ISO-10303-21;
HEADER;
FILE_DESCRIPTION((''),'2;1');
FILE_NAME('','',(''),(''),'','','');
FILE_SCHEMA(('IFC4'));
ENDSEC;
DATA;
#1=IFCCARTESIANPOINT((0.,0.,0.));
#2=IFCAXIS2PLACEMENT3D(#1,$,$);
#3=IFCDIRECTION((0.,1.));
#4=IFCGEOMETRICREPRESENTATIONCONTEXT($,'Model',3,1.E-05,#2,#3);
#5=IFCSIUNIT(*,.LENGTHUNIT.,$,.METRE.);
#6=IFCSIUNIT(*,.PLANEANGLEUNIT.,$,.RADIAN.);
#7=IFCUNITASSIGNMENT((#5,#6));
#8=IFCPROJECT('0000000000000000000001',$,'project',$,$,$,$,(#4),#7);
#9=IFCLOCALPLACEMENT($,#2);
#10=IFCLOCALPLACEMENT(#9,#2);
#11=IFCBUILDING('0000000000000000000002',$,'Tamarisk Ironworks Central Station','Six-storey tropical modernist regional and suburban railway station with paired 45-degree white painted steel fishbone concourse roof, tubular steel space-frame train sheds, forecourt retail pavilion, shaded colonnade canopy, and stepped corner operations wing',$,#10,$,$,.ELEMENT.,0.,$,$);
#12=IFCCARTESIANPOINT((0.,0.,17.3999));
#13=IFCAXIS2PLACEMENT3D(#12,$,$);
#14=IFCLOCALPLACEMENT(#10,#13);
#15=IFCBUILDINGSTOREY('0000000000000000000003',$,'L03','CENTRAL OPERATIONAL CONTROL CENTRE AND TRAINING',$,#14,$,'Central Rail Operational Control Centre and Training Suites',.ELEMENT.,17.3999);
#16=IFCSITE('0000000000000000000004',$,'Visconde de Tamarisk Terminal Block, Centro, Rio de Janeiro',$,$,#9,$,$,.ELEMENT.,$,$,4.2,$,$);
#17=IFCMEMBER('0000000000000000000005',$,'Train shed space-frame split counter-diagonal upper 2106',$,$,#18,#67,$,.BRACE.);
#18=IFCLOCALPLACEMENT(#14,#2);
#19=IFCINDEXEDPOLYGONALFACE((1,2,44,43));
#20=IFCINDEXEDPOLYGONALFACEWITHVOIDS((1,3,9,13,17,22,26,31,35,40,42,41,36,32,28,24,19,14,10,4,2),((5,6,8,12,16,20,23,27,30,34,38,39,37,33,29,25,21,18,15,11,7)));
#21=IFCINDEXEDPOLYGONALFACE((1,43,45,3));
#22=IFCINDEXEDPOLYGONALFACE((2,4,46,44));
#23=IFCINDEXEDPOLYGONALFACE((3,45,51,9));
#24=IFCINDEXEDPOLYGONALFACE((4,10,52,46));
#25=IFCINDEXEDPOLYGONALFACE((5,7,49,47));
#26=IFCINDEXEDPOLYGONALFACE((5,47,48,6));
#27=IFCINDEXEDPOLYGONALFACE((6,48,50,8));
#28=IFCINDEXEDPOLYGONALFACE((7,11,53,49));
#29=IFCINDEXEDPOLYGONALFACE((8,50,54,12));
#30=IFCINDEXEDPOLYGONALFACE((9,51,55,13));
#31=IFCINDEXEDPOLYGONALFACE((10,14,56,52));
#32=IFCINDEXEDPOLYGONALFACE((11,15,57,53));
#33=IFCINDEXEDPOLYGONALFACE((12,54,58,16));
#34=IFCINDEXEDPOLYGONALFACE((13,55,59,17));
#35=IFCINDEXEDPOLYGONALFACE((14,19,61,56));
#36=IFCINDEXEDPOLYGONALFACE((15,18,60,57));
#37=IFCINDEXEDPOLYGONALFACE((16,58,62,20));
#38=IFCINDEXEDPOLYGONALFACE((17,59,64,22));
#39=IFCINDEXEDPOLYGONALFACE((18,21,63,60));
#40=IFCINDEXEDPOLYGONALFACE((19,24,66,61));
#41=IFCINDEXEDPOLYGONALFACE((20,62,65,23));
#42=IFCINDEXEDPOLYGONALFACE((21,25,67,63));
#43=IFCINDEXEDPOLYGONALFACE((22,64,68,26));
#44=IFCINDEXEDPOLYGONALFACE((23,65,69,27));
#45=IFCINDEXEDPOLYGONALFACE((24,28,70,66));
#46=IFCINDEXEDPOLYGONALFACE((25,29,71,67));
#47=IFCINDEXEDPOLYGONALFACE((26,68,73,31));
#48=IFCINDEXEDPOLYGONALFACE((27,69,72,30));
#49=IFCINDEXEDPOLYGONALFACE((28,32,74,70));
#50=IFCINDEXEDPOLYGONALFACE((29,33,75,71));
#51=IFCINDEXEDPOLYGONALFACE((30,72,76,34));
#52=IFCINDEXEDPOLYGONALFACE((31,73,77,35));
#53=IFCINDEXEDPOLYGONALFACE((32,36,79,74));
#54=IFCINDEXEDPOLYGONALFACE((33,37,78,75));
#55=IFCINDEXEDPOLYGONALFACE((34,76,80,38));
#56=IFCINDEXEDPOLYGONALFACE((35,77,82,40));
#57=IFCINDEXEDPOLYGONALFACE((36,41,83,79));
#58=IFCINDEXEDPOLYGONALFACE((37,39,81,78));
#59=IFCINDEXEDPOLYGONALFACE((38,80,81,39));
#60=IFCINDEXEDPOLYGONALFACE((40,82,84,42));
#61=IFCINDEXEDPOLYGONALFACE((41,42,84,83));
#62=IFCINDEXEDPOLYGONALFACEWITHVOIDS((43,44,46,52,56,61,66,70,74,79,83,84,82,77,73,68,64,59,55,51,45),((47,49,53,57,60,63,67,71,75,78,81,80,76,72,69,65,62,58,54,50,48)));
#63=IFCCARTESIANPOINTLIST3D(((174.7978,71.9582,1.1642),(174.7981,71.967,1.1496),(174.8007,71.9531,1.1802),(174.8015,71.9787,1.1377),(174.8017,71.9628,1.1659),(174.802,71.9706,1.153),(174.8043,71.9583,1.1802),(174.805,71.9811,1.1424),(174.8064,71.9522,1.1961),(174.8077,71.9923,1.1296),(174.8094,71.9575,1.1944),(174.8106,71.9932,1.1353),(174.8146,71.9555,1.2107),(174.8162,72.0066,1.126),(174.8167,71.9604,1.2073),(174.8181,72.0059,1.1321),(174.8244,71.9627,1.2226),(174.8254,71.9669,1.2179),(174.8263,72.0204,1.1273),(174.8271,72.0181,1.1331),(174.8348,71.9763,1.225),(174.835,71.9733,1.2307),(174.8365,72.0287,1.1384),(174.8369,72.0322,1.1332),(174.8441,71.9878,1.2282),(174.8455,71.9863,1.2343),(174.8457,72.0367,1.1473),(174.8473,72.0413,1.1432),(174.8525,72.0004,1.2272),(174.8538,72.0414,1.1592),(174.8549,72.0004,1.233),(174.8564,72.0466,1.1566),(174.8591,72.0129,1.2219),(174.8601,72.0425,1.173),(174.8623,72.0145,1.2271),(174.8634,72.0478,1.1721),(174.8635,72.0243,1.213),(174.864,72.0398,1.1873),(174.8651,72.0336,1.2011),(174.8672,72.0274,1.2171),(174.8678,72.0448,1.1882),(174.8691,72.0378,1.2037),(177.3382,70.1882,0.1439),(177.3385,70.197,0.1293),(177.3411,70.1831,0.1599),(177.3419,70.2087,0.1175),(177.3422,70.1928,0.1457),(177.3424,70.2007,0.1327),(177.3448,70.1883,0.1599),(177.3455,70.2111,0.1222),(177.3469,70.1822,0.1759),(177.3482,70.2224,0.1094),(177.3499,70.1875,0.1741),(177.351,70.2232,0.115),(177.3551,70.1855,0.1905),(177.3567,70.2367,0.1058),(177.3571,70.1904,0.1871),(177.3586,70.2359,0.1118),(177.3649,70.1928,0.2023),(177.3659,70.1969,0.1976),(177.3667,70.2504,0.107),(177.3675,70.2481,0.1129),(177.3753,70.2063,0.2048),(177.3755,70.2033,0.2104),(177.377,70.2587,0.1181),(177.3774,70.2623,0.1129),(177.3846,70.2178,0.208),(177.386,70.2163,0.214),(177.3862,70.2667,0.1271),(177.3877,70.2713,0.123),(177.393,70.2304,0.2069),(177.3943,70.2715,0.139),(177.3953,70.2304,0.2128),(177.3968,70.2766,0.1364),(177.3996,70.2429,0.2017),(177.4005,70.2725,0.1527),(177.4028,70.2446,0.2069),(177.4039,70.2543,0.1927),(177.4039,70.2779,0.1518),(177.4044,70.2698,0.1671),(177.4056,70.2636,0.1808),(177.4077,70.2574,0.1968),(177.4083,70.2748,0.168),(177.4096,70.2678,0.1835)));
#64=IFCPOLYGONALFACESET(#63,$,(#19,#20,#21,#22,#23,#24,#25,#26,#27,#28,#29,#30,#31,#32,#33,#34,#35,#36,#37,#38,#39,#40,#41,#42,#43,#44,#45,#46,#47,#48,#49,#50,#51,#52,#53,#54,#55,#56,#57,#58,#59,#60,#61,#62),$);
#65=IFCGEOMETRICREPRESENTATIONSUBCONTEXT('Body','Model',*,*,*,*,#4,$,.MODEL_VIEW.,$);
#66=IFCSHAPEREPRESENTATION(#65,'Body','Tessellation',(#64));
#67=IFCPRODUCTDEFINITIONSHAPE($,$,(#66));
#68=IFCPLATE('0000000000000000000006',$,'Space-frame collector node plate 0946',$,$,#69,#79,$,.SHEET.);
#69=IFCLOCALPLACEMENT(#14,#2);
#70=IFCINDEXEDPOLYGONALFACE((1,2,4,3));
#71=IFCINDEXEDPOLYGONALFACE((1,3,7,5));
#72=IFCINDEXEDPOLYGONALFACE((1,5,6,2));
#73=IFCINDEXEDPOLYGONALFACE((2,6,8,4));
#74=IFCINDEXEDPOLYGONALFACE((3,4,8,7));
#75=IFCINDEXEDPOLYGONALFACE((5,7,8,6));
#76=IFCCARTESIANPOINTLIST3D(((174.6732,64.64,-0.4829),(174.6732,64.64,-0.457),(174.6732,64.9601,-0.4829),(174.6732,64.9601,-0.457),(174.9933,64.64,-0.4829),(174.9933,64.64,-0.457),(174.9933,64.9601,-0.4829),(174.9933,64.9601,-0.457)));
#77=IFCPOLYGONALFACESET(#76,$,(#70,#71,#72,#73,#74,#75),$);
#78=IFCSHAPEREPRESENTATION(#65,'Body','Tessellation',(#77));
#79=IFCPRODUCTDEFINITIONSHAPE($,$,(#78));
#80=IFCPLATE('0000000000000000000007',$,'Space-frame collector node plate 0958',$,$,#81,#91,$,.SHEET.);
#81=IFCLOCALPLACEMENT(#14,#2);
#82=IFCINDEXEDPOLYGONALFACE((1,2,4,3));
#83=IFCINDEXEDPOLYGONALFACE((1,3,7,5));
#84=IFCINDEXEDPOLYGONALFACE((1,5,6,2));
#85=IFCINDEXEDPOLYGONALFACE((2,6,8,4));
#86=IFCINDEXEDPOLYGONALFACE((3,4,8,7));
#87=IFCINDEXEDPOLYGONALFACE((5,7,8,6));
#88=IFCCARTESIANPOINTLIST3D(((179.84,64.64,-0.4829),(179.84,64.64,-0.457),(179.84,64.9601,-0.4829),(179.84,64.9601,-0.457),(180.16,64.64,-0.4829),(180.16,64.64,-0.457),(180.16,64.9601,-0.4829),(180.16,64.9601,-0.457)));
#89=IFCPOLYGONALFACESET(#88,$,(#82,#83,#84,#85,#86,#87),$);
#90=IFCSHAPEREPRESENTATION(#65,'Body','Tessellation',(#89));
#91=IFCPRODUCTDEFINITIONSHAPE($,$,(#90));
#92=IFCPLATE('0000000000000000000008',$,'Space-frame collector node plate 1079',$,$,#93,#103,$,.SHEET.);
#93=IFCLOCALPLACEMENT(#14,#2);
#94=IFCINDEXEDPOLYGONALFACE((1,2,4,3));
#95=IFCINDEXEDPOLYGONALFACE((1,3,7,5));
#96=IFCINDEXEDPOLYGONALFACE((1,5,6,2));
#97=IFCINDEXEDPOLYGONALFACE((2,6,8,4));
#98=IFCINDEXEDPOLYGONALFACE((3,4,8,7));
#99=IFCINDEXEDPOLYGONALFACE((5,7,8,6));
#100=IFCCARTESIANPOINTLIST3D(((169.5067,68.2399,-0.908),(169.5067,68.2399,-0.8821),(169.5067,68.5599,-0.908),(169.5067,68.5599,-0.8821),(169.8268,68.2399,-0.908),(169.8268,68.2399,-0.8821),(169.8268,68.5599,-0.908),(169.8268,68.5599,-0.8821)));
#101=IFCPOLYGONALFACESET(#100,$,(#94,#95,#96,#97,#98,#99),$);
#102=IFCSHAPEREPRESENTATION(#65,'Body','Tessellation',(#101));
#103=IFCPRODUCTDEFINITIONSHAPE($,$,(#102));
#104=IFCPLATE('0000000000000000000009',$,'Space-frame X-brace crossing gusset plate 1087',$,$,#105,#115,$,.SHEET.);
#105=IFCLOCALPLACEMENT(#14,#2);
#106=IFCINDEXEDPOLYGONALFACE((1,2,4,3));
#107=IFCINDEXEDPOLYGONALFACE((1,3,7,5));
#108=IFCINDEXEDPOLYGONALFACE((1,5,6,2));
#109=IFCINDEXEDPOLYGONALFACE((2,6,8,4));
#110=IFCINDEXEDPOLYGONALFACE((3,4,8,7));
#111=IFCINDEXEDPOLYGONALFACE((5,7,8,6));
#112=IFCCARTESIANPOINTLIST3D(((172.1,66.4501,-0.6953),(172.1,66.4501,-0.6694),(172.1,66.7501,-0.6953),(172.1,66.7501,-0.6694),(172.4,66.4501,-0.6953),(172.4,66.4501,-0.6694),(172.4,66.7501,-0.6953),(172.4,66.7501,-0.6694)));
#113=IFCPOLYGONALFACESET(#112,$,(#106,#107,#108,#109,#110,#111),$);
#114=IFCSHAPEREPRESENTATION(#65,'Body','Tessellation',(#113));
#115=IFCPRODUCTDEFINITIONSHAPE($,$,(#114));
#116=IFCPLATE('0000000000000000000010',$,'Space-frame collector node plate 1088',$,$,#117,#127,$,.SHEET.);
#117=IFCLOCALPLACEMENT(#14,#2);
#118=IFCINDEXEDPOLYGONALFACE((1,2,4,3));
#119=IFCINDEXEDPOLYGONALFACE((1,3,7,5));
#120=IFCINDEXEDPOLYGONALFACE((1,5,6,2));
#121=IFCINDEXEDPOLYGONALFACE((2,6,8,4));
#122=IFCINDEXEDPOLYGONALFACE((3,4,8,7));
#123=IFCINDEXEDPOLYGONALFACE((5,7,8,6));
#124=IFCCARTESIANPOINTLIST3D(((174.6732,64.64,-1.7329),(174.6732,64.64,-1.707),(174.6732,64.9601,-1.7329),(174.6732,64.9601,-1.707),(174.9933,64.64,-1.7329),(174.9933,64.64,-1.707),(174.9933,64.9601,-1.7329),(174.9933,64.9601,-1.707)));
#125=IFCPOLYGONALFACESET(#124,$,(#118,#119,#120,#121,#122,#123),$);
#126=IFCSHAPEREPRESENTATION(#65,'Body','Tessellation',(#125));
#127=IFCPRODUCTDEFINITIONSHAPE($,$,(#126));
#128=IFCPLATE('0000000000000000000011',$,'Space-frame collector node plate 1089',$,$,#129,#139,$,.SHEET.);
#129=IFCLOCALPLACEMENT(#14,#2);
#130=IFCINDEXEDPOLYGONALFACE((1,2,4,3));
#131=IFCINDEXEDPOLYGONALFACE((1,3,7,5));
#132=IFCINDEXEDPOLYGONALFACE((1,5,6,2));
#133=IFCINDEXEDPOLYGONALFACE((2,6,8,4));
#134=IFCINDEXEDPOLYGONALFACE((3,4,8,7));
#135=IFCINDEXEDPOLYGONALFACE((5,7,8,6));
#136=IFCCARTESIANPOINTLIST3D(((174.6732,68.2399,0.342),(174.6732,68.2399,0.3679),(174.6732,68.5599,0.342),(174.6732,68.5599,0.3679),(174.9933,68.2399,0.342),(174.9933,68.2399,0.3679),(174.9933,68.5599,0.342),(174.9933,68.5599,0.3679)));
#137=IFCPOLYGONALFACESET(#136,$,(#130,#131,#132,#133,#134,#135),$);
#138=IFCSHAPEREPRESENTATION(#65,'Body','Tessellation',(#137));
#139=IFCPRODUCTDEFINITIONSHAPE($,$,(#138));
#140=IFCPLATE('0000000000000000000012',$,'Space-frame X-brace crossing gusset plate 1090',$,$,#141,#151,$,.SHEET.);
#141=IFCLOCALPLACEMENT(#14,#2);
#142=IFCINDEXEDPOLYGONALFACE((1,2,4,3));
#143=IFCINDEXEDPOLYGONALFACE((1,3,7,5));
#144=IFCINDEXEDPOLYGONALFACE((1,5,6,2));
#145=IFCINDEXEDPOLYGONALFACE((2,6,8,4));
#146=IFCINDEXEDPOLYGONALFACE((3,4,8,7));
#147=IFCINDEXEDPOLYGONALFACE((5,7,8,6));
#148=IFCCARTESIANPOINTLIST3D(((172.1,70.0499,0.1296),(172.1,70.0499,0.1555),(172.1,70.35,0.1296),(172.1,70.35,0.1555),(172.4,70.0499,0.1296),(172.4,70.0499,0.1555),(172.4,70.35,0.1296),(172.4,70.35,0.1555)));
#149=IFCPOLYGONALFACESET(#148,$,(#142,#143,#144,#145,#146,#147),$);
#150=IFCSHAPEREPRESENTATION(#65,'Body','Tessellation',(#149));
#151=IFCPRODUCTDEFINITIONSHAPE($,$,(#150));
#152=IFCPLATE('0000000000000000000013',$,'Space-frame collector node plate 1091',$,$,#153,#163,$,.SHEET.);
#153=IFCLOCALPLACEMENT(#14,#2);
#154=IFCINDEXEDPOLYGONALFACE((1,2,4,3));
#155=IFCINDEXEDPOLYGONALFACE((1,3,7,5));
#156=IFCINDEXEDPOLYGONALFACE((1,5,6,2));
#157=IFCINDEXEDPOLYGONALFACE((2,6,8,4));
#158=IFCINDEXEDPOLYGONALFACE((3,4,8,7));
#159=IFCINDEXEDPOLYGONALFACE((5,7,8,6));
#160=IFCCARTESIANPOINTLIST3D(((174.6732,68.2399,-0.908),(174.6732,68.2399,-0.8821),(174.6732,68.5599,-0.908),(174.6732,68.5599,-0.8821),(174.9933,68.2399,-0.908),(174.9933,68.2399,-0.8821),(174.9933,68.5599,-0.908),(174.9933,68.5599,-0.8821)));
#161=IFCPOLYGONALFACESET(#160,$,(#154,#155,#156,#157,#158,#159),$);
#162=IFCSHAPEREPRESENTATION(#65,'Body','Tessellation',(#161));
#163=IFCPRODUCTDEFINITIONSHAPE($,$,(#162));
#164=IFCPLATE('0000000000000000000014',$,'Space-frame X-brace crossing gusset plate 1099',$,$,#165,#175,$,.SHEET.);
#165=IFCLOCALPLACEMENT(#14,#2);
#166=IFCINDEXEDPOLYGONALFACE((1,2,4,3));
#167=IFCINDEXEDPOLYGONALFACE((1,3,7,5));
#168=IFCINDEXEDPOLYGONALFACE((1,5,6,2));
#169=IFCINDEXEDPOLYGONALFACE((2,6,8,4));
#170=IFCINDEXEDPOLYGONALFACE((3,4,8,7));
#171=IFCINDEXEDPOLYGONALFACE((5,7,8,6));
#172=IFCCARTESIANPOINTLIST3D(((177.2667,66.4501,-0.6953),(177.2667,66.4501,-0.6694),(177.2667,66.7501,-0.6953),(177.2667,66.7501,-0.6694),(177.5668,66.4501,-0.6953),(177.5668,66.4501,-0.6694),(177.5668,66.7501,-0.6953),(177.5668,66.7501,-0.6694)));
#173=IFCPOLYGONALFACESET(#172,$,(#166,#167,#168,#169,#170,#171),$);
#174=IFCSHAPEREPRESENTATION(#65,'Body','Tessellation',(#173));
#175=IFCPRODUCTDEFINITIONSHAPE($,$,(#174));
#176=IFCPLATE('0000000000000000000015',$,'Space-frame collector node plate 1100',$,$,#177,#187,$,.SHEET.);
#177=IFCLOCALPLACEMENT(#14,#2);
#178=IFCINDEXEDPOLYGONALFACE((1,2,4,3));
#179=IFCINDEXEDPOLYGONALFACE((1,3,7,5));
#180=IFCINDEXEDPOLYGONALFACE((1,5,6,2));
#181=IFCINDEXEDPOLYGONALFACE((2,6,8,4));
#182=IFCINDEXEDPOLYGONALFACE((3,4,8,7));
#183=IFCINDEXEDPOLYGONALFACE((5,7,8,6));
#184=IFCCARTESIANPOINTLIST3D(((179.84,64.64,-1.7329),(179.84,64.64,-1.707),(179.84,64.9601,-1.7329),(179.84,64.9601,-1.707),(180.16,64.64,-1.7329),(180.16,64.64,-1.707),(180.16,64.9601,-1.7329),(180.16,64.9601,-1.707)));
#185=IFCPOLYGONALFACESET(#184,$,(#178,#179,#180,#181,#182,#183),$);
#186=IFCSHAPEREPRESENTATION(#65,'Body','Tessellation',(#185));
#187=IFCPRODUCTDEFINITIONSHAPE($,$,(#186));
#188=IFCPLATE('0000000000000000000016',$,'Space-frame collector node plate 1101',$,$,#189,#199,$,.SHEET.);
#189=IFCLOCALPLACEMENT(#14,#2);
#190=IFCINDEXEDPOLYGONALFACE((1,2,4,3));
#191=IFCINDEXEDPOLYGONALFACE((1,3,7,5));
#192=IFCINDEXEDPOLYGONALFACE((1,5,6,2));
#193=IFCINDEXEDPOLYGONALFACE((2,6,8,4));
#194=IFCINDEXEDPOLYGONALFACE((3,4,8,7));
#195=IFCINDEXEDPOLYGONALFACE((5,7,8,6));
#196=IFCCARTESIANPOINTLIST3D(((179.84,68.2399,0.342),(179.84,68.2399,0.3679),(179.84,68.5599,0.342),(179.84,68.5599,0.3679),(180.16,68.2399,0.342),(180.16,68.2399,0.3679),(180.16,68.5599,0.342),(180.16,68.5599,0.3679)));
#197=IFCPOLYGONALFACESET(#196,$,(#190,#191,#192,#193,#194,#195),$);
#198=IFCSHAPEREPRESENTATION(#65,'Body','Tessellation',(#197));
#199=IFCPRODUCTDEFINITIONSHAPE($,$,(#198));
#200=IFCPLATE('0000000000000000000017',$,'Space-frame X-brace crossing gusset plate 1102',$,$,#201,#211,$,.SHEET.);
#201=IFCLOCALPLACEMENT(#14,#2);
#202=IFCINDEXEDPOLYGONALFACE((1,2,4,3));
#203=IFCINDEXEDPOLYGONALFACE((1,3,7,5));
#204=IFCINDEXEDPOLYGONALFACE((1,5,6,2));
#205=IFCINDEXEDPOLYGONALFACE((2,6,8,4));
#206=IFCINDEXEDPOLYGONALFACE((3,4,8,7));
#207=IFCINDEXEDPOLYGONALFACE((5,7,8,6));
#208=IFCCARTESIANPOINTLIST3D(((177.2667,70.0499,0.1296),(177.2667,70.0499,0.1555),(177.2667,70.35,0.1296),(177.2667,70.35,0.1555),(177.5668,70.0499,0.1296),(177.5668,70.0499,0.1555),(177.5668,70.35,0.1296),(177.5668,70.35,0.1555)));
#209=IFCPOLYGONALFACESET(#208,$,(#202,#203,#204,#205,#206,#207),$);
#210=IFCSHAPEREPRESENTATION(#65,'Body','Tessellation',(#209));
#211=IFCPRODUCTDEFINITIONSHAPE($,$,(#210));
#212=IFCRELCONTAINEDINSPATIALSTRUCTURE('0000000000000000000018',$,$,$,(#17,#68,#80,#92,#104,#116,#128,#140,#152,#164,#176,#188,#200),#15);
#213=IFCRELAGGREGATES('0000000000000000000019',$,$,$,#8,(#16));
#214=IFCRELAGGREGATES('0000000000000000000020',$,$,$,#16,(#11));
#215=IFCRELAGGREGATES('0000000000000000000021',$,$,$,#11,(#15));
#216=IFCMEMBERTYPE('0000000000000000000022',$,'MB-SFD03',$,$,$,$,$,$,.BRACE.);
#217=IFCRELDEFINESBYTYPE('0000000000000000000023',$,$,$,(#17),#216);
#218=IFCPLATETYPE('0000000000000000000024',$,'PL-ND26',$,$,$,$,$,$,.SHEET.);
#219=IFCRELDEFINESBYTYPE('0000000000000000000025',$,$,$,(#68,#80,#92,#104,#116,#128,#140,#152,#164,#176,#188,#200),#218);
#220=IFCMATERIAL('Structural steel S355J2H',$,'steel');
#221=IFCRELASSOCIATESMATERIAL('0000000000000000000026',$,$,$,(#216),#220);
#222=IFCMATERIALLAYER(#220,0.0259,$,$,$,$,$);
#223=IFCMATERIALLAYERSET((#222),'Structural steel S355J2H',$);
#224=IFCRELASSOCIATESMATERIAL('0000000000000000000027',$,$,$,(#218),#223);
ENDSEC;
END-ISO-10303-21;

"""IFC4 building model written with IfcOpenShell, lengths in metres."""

from ifc_helpers import new_model, si_unit, direction, frame, origin, origin_2d, place, context, subcontext, project, spatial, rectangle, hollow_circle, extrude, material, layer, layer_set, material_profile, profile_set, type_object, element, save


model = new_model("IFC4")

# Units and contexts
model_context = context("Model", 3, precision=1e-05, world=origin(), true_north=direction((0.0, 1.0)))
body_context = subcontext(model_context, "Body", "Model", "MODEL_VIEW")
ifc_project = project(units=[si_unit("LENGTHUNIT", "METRE"), si_unit("PLANEANGLEUNIT", "RADIAN")], contexts=[model_context])

# Site, building, storey
site_placement = place(None, origin())
site = spatial("IfcSite", under=ifc_project, at=site_placement, Name="Visconde de Tamarisk Terminal Block, Centro, Rio de Janeiro", CompositionType="ELEMENT", RefElevation=4.2)
building_placement = place(site_placement, origin())
building = spatial("IfcBuilding", under=site, at=building_placement, Name="Tamarisk Ironworks Central Station", Description="Six-storey tropical modernist regional and suburban railway station with paired 45-degree white painted steel fishbone concourse roof, tubular steel space-frame train sheds, forecourt retail pavilion, shaded colonnade canopy, and stepped corner operations wing", CompositionType="ELEMENT", ElevationOfRefHeight=0.0)
storey_placement = place(building_placement, frame((0.0, 0.0, 17.3999)))
storey = spatial("IfcBuildingStorey", under=building, at=storey_placement, Name="L03", Description="CENTRAL OPERATIONAL CONTROL CENTRE AND TRAINING", LongName="Central Rail Operational Control Centre and Training Suites", CompositionType="ELEMENT", Elevation=17.3999)

# Member
ifc_material = material(Name="Structural steel S355J2H", Category="steel")
ifc_material_profile_1 = material_profile(ifc_material, hollow_circle(Radius=0.0571, WallThickness=0.0063, at=origin_2d()), Name="CHS 114.3x6.3")
ifc_profile_set_1 = profile_set([ifc_material_profile_1], Name="Structural steel S355J2H")
member_type_1 = type_object("IfcMemberType", Name="MB-SFD03", PredefinedType="BRACE", material=ifc_profile_set_1)
for number, where, z_axis, x_axis, name in (
    (1, (177.3738, 70.23, 0.1599), (-0.779281, 0.542936, 0.312956), (-0.571651, -0.820497, 0.0), "Train shed space-frame split counter-diagonal upper 2106"),
):
    element("IfcMember", number, at=place(storey_placement, frame(where, z_axis=z_axis, x_axis=x_axis)), inside=storey, type_object=member_type_1, Name=name, PredefinedType="BRACE", context=body_context, shape_type="SweptSolid", body=[
        extrude(hollow_circle(Radius=0.0571, WallThickness=0.0063, at=origin_2d()), origin(), (0.0, 0.0, 1.0), 3.26),
    ])

# Plates
ifc_layer = layer(ifc_material, 0.0259)
ifc_layer_set = layer_set([ifc_layer], Name="Structural steel S355J2H")
plate_type = type_object("IfcPlateType", Name="PL-ND26", PredefinedType="SHEET", material=ifc_layer_set)
for number, where, z_axis, x_axis, name in (
    (2, (174.8333, 64.8, -0.4829), (0.0, 0.0, 1.0), (1.0, 0.0, 0.0), "Space-frame collector node plate 0946"),
    (3, (180.0, 64.8, -0.4829), (0.0, 0.0, 1.0), (1.0, 0.0, 0.0), "Space-frame collector node plate 0958"),
    (4, (169.6667, 68.3999, -0.908), (0.0, 0.0, 1.0), (1.0, 0.0, 0.0), "Space-frame collector node plate 1079"),
):
    element("IfcPlate", number, at=place(storey_placement, frame(where, z_axis=z_axis, x_axis=x_axis)), inside=storey, type_object=plate_type, Name=name, PredefinedType="SHEET", context=body_context, shape_type="SweptSolid", body=[
        extrude(rectangle(XDim=0.3201, YDim=0.3201, at=origin_2d()), origin(), (0.0, 0.0, 1.0), 0.0259),
    ])
plate_1_placement = place(storey_placement, frame((172.25, 66.6001, -0.6953), z_axis=(0.0, 0.0, 1.0), x_axis=(1.0, 0.0, 0.0)))
element("IfcPlate", 5, at=plate_1_placement, inside=storey, type_object=plate_type, Name="Space-frame X-brace crossing gusset plate 1087", PredefinedType="SHEET", context=body_context, shape_type="SweptSolid", body=[
    extrude(rectangle(XDim=0.3, YDim=0.3, at=origin_2d()), origin(), (0.0, 0.0, 1.0), 0.0259),
])
for number, where, z_axis, x_axis, name in (
    (6, (174.8333, 64.8, -1.7329), (0.0, 0.0, 1.0), (1.0, 0.0, 0.0), "Space-frame collector node plate 1088"),
    (7, (174.8333, 68.3999, 0.342), (0.0, 0.0, 1.0), (1.0, 0.0, 0.0), "Space-frame collector node plate 1089"),
):
    element("IfcPlate", number, at=place(storey_placement, frame(where, z_axis=z_axis, x_axis=x_axis)), inside=storey, type_object=plate_type, Name=name, PredefinedType="SHEET", context=body_context, shape_type="SweptSolid", body=[
        extrude(rectangle(XDim=0.3201, YDim=0.3201, at=origin_2d()), origin(), (0.0, 0.0, 1.0), 0.0259),
    ])
plate_2_placement = place(storey_placement, frame((172.25, 70.2, 0.1296), z_axis=(0.0, 0.0, 1.0), x_axis=(1.0, 0.0, 0.0)))
element("IfcPlate", 8, at=plate_2_placement, inside=storey, type_object=plate_type, Name="Space-frame X-brace crossing gusset plate 1090", PredefinedType="SHEET", context=body_context, shape_type="SweptSolid", body=[
    extrude(rectangle(XDim=0.3, YDim=0.3, at=origin_2d()), origin(), (0.0, 0.0, 1.0), 0.0259),
])
plate_3_placement = place(storey_placement, frame((174.8333, 68.3999, -0.908), z_axis=(0.0, 0.0, 1.0), x_axis=(1.0, 0.0, 0.0)))
element("IfcPlate", 9, at=plate_3_placement, inside=storey, type_object=plate_type, Name="Space-frame collector node plate 1091", PredefinedType="SHEET", context=body_context, shape_type="SweptSolid", body=[
    extrude(rectangle(XDim=0.3201, YDim=0.3201, at=origin_2d()), origin(), (0.0, 0.0, 1.0), 0.0259),
])
plate_4_placement = place(storey_placement, frame((177.4167, 66.6001, -0.6953), z_axis=(0.0, 0.0, 1.0), x_axis=(1.0, 0.0, 0.0)))
element("IfcPlate", 10, at=plate_4_placement, inside=storey, type_object=plate_type, Name="Space-frame X-brace crossing gusset plate 1099", PredefinedType="SHEET", context=body_context, shape_type="SweptSolid", body=[
    extrude(rectangle(XDim=0.3, YDim=0.3, at=origin_2d()), origin(), (0.0, 0.0, 1.0), 0.0259),
])
for number, where, z_axis, x_axis, name in (
    (11, (180.0, 64.8, -1.7329), (0.0, 0.0, 1.0), (1.0, 0.0, 0.0), "Space-frame collector node plate 1100"),
    (12, (180.0, 68.3999, 0.342), (0.0, 0.0, 1.0), (1.0, 0.0, 0.0), "Space-frame collector node plate 1101"),
):
    element("IfcPlate", number, at=place(storey_placement, frame(where, z_axis=z_axis, x_axis=x_axis)), inside=storey, type_object=plate_type, Name=name, PredefinedType="SHEET", context=body_context, shape_type="SweptSolid", body=[
        extrude(rectangle(XDim=0.3201, YDim=0.3201, at=origin_2d()), origin(), (0.0, 0.0, 1.0), 0.0259),
    ])
plate_5_placement = place(storey_placement, frame((177.4167, 70.2, 0.1296), z_axis=(0.0, 0.0, 1.0), x_axis=(1.0, 0.0, 0.0)))
element("IfcPlate", 13, at=plate_5_placement, inside=storey, type_object=plate_type, Name="Space-frame X-brace crossing gusset plate 1102", PredefinedType="SHEET", context=body_context, shape_type="SweptSolid", body=[
    extrude(rectangle(XDim=0.3, YDim=0.3, at=origin_2d()), origin(), (0.0, 0.0, 1.0), 0.0259),
])

save(model, "model.ifc")
